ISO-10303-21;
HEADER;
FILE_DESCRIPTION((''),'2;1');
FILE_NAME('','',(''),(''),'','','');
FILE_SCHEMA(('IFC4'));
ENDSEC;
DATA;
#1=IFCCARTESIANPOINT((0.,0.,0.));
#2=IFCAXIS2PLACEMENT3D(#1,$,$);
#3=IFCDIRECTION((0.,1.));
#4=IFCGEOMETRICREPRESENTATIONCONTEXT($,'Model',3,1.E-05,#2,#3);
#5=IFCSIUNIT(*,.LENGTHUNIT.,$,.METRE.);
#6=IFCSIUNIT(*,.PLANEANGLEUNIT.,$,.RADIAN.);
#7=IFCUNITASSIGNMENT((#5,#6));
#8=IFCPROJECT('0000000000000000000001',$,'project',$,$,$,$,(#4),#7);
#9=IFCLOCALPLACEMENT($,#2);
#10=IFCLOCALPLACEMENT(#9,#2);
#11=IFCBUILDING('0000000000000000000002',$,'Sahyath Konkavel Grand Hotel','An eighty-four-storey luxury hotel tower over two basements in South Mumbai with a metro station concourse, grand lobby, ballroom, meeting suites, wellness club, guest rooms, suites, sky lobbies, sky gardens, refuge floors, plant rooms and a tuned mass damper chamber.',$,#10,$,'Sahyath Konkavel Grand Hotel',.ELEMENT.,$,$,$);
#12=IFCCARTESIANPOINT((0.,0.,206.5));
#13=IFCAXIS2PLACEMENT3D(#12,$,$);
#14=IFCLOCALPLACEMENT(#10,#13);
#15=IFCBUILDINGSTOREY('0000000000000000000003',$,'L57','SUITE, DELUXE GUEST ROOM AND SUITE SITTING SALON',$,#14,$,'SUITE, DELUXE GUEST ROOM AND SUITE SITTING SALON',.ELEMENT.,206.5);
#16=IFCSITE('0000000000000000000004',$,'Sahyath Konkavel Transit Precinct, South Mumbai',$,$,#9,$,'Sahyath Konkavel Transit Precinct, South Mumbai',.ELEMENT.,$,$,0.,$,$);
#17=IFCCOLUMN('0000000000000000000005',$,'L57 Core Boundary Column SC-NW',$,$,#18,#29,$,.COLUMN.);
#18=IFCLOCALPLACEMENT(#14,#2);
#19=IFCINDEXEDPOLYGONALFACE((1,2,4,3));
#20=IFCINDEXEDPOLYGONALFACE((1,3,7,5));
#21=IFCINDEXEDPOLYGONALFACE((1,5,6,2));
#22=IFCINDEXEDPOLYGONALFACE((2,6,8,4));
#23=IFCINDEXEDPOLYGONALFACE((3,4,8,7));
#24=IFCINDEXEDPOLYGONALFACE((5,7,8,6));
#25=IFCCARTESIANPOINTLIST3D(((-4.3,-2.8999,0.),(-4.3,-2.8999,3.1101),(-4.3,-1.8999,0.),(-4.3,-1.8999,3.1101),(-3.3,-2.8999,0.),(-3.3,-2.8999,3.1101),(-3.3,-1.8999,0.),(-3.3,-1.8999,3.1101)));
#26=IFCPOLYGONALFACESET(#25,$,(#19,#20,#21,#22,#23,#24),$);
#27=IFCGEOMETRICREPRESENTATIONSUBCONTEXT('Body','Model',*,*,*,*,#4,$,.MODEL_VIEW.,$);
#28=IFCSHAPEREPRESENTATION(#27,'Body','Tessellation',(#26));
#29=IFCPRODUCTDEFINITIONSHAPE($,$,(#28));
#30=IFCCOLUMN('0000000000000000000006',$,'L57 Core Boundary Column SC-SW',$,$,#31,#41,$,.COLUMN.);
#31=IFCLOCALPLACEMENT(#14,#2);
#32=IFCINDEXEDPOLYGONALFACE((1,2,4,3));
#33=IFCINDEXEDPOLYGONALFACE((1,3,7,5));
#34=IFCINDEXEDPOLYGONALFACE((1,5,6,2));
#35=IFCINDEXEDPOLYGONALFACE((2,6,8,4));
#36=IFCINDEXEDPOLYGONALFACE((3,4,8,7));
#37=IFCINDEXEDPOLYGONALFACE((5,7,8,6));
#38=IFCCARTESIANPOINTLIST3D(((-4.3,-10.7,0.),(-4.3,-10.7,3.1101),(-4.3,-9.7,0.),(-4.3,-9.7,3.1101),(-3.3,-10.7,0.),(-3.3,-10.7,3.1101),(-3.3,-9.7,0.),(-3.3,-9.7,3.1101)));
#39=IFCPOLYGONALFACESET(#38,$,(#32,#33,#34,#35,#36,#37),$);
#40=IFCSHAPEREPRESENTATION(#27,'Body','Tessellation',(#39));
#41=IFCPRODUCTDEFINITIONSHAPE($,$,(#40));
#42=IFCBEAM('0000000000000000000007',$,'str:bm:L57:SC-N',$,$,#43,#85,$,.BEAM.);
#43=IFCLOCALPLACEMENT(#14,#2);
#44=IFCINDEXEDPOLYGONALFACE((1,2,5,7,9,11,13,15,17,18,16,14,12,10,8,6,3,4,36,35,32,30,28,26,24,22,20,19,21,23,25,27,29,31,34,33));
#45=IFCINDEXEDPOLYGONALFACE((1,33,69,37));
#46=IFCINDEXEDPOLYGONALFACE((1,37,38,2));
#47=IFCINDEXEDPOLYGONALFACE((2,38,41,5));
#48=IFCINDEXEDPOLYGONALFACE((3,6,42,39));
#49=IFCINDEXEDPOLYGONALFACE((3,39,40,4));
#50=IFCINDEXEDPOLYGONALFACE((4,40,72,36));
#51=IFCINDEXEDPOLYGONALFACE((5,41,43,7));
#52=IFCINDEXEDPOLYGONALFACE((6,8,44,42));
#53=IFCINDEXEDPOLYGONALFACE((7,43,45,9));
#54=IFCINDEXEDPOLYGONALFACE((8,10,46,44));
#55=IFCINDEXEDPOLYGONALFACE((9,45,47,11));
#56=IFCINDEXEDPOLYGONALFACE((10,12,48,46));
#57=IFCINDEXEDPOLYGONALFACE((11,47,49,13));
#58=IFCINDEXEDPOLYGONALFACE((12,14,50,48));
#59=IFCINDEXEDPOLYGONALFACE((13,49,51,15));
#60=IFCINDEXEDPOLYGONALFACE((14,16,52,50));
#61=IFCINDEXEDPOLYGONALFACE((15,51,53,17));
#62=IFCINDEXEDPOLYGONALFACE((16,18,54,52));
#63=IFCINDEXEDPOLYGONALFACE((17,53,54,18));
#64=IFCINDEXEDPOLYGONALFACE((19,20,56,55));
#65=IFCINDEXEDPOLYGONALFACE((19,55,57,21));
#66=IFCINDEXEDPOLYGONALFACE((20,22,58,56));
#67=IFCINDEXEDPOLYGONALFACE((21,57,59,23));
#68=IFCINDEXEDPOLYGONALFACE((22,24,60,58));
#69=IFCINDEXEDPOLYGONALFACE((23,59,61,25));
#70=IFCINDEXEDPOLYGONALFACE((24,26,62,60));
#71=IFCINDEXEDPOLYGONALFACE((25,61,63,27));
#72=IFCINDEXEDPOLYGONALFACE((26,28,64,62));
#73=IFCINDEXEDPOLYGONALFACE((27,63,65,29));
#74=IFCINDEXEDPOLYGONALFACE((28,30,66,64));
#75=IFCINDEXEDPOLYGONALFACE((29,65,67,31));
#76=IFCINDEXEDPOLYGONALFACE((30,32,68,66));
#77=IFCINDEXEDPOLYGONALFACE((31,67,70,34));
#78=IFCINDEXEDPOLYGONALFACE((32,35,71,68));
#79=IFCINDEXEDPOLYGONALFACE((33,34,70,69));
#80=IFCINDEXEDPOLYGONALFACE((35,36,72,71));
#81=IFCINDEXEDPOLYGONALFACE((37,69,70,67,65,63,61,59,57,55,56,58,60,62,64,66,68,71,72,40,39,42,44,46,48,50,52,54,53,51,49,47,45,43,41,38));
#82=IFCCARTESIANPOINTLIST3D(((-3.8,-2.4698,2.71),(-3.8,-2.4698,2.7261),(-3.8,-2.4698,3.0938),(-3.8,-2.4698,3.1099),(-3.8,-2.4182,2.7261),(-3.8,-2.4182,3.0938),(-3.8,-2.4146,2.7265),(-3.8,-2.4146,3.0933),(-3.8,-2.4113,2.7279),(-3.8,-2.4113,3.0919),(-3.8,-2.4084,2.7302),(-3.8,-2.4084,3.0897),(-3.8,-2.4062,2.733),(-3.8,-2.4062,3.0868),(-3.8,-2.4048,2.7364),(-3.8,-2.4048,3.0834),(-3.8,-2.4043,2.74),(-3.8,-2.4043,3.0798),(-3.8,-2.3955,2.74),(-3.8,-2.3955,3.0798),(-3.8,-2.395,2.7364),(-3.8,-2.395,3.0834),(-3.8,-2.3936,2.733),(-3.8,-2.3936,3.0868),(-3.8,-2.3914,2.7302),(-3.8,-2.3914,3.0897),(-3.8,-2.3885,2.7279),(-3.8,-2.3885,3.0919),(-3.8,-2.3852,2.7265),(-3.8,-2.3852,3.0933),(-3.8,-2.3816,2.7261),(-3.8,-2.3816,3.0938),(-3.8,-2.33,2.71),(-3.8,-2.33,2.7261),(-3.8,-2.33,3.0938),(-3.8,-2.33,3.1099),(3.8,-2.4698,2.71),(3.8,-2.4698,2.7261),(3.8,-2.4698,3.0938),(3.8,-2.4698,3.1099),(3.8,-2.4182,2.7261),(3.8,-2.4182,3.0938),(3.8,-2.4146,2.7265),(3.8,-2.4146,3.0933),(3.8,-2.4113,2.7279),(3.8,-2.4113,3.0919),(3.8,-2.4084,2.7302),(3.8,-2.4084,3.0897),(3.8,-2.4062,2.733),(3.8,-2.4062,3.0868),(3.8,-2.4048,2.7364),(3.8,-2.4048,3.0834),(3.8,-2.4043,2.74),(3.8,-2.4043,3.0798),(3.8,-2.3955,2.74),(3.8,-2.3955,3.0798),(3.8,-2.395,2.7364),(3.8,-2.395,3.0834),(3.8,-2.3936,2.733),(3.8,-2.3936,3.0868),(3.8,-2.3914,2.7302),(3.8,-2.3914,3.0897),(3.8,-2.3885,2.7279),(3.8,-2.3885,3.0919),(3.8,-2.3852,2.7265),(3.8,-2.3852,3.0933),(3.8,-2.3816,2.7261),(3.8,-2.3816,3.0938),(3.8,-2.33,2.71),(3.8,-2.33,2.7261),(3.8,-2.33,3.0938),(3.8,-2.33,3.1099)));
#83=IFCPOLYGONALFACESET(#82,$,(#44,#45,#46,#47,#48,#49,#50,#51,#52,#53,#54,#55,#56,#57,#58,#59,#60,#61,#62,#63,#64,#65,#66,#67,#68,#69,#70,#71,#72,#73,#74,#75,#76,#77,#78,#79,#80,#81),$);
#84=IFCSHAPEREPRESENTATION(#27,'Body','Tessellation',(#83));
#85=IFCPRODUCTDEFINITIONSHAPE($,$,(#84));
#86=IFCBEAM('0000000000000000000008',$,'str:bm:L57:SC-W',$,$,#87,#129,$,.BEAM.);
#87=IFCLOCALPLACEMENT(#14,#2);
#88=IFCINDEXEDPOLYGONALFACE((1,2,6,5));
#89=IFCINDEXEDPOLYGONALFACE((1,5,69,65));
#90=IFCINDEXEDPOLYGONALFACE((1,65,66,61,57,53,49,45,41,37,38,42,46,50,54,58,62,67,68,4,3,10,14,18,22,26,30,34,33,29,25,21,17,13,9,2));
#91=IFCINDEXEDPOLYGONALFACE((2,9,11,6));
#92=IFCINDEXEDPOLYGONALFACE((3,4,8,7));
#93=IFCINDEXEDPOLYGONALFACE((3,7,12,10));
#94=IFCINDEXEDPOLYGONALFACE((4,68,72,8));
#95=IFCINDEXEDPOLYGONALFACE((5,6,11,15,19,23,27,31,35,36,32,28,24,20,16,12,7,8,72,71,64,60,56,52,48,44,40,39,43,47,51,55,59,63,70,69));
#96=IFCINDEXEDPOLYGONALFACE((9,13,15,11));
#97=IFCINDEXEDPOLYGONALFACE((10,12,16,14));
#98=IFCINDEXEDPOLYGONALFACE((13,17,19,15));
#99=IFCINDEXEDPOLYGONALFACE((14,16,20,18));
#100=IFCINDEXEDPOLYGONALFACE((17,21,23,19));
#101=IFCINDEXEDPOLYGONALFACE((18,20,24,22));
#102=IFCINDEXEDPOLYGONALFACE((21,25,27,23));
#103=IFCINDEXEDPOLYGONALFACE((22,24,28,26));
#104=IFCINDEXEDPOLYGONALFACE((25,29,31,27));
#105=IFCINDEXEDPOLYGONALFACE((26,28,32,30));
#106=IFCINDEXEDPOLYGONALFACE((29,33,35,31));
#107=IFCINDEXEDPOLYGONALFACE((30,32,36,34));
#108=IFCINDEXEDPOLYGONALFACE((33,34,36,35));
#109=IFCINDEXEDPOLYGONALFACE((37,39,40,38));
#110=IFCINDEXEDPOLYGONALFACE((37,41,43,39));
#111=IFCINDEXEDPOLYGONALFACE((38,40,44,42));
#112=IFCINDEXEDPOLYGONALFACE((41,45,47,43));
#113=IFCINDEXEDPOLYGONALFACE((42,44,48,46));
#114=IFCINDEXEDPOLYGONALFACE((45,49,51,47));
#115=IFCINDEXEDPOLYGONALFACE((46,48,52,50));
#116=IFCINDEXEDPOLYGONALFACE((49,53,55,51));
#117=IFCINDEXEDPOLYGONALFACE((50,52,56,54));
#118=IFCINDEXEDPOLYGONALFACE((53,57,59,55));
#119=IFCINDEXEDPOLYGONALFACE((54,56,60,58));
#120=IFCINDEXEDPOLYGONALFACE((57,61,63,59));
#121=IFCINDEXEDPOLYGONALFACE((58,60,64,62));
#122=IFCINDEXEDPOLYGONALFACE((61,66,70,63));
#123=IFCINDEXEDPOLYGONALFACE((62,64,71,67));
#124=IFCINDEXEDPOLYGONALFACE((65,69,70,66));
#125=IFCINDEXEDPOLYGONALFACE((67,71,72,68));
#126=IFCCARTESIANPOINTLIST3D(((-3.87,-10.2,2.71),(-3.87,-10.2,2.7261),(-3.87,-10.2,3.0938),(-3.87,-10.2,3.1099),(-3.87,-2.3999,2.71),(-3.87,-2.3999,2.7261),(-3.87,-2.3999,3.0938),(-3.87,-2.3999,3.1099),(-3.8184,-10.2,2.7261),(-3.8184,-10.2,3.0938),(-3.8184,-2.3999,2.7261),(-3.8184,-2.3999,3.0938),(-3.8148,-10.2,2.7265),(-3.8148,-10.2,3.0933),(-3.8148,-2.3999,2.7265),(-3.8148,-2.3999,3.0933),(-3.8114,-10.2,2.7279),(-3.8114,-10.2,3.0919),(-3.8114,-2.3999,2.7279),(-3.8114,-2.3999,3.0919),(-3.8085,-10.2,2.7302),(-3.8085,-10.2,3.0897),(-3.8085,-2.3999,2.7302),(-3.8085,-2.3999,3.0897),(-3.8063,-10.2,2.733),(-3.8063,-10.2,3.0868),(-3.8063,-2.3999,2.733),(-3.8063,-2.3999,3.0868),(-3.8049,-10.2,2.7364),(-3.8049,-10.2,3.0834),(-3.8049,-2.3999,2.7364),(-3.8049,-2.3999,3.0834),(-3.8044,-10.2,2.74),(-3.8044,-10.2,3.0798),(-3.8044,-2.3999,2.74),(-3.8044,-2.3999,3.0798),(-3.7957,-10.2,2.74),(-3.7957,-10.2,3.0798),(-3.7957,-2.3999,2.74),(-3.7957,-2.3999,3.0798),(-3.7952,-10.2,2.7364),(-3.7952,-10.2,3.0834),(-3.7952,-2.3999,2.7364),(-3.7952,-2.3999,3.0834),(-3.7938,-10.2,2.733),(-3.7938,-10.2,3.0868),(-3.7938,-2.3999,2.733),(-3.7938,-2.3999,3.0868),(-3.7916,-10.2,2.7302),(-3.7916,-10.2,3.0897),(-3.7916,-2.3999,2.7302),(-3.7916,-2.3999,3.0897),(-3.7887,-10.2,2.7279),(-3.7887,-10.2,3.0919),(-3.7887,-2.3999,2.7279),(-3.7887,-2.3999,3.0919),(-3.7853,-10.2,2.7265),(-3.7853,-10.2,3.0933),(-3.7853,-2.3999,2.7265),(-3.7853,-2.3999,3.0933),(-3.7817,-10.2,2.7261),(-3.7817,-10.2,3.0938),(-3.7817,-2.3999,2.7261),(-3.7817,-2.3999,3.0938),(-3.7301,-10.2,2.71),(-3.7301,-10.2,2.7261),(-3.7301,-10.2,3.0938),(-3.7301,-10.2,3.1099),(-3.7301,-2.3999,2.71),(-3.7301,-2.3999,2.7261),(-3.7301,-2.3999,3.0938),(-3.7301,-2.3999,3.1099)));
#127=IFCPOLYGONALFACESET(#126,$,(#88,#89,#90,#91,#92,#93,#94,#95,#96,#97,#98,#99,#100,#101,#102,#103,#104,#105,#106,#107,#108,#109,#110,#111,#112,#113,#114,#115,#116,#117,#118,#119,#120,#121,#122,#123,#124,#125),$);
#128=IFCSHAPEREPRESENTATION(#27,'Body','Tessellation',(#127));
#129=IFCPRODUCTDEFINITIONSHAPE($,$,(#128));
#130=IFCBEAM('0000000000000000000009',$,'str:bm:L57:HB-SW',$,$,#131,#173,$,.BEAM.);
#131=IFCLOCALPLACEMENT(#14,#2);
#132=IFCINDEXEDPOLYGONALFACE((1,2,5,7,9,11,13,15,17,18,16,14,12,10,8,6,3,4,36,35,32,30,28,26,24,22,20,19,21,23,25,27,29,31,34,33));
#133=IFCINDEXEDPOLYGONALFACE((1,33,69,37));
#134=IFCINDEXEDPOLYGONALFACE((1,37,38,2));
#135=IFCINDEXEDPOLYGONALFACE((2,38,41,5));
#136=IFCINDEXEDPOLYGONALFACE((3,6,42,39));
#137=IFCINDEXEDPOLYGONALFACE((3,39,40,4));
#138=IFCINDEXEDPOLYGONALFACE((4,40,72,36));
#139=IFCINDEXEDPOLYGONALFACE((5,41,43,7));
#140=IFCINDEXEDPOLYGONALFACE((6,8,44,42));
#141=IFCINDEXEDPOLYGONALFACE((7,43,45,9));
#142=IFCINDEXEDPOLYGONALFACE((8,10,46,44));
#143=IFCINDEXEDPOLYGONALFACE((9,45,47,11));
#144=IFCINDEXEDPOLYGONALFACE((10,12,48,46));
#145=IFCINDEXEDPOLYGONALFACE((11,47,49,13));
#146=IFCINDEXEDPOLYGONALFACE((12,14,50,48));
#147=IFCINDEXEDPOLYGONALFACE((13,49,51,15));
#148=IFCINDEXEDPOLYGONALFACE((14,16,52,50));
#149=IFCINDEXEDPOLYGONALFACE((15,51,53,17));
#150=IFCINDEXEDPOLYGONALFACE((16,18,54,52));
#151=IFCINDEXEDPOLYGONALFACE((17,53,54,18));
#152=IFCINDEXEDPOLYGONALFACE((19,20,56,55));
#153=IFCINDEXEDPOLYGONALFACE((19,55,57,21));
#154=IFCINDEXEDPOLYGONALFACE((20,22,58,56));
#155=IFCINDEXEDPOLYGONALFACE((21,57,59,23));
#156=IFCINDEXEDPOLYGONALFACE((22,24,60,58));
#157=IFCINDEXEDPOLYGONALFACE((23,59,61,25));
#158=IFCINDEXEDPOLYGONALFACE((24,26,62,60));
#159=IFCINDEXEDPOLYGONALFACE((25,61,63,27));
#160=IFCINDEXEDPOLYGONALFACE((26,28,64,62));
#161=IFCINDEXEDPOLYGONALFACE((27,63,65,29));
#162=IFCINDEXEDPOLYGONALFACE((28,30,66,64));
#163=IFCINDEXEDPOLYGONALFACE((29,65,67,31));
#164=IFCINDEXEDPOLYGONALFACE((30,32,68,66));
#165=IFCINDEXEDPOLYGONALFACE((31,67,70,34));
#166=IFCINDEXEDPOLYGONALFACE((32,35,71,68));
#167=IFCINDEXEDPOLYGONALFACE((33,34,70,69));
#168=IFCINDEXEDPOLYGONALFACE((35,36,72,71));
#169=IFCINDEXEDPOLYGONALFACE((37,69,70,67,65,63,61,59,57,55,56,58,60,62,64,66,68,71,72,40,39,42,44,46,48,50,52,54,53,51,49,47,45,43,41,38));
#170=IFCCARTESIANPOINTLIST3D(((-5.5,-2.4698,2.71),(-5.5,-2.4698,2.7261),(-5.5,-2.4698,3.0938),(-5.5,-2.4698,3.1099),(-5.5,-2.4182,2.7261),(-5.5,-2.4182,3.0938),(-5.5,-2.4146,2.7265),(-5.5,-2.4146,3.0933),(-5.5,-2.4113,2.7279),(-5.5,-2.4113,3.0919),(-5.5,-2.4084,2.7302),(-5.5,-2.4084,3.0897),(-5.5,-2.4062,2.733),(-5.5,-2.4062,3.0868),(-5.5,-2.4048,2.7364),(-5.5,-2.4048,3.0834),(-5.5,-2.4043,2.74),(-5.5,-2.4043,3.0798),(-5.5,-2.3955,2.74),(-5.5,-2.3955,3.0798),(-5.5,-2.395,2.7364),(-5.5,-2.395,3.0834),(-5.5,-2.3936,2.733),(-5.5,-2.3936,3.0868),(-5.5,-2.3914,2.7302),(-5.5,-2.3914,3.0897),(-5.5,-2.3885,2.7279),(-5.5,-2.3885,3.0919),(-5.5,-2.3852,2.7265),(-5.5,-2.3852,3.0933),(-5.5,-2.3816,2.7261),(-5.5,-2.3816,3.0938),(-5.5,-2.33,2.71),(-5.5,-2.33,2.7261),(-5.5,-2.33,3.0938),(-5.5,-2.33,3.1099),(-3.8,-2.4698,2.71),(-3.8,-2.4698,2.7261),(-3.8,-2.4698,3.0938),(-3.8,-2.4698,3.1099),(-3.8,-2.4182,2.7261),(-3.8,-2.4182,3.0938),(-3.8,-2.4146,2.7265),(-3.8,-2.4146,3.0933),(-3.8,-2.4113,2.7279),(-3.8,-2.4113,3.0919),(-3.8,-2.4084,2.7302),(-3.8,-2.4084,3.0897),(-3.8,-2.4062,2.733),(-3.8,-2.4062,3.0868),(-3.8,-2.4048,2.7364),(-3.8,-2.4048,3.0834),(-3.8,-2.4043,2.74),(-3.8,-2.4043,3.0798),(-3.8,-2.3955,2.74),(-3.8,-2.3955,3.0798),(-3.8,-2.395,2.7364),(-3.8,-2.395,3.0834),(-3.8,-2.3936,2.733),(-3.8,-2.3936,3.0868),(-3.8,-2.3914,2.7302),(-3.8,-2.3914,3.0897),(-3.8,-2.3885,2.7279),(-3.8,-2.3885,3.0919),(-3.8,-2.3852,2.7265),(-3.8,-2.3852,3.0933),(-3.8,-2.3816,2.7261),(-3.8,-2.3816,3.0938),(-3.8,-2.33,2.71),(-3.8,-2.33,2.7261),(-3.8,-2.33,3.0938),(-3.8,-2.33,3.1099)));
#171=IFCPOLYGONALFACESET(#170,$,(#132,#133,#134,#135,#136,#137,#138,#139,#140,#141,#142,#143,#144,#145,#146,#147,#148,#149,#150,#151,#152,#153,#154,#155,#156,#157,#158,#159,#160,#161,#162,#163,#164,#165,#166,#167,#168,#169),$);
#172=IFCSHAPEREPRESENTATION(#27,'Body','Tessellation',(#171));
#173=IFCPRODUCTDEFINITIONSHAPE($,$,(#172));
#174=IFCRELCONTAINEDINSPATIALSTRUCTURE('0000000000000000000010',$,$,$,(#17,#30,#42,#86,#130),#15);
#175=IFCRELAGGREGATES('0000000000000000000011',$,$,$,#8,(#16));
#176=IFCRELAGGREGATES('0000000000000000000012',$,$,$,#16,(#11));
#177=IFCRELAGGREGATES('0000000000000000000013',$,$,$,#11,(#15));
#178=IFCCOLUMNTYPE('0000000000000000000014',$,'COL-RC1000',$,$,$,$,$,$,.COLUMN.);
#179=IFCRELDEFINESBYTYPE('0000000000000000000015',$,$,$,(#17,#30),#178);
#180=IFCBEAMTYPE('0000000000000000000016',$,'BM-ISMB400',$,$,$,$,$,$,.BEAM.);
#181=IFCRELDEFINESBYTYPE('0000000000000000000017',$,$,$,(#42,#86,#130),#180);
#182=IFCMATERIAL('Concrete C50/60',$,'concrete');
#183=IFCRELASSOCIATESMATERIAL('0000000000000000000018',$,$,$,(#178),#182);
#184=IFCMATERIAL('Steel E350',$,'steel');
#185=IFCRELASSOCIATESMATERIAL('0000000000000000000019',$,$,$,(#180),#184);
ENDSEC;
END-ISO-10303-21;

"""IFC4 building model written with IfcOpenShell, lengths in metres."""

from ifc_helpers import new_model, si_unit, direction, frame, origin, origin_2d, place, context, subcontext, project, spatial, rectangle, i_section, extrude, source, transform, mapped, material, material_profile, profile_set, type_object, element, save


model = new_model("IFC4")

# Units and contexts
model_context = context("Model", 3, precision=1e-05, world=origin(), true_north=direction((0.0, 1.0)))
body_context = subcontext(model_context, "Body", "Model", "MODEL_VIEW")
ifc_project = project(units=[si_unit("LENGTHUNIT", "METRE"), si_unit("PLANEANGLEUNIT", "RADIAN")], contexts=[model_context])

# Site, building, storey
site_placement = place(None, origin())
site = spatial("IfcSite", under=ifc_project, at=site_placement, Name="Sahyath Konkavel Transit Precinct, South Mumbai", LongName="Sahyath Konkavel Transit Precinct, South Mumbai", CompositionType="ELEMENT", RefElevation=0.0)
building_placement = place(site_placement, origin())
building = spatial("IfcBuilding", under=site, at=building_placement, Name="Sahyath Konkavel Grand Hotel", Description="An eighty-four-storey luxury hotel tower over two basements in South Mumbai with a metro station concourse, grand lobby, ballroom, meeting suites, wellness club, guest rooms, suites, sky lobbies, sky gardens, refuge floors, plant rooms and a tuned mass damper chamber.", LongName="Sahyath Konkavel Grand Hotel", CompositionType="ELEMENT")
storey_placement = place(building_placement, frame((0.0, 0.0, 206.5)))
storey = spatial("IfcBuildingStorey", under=building, at=storey_placement, Name="L57", Description="SUITE, DELUXE GUEST ROOM AND SUITE SITTING SALON", LongName="SUITE, DELUXE GUEST ROOM AND SUITE SITTING SALON", CompositionType="ELEMENT", Elevation=206.5)

# Columns
ifc_material_1 = material(Name="Concrete C50/60", Category="concrete")
ifc_material_profile_1 = material_profile(ifc_material_1, rectangle(XDim=1.0, YDim=1.0, at=origin_2d()), Name="RC 1000x1000")
ifc_profile_set_1 = profile_set([ifc_material_profile_1], Name="Concrete C50/60")
column_type = type_object("IfcColumnType", Name="COL-RC1000", PredefinedType="COLUMN", material=ifc_profile_set_1)
shared_shape_1 = source(origin(), body_context, "Body", "SweptSolid", [
    extrude(rectangle(XDim=1.0, YDim=1.0, at=origin_2d()), origin(), (0.0, 0.0, 1.0), 3.1101),
])
for number, where, z_axis, x_axis, name in (
    (1, (-3.8, -2.3999, 0.0), (0.0, 0.0, 1.0), (1.0, 0.0, 0.0), "L57 Core Boundary Column SC-NW"),
    (2, (-3.8, -10.2, 0.0), (0.0, 0.0, 1.0), (1.0, 0.0, 0.0), "L57 Core Boundary Column SC-SW"),
):
    element("IfcColumn", number, at=place(storey_placement, frame(where, z_axis=z_axis, x_axis=x_axis)), inside=storey, type_object=column_type, Name=name, PredefinedType="COLUMN", context=body_context, shape_type="MappedRepresentation", body=[
        mapped(shared_shape_1, transform((0.0, 0.0, 0.0), scale=1.0)),
    ])

# Beams
ifc_material_2 = material(Name="Steel E350", Category="steel")
ifc_material_profile_2 = material_profile(ifc_material_2, i_section(OverallWidth=0.1399, OverallDepth=0.3999, WebThickness=0.0088, FlangeThickness=0.0161, FilletRadius=0.0139, at=origin_2d()), Name="ISMB 400")
ifc_profile_set_2 = profile_set([ifc_material_profile_2], Name="Steel E350")
beam_type_1 = type_object("IfcBeamType", Name="BM-ISMB400", PredefinedType="BEAM", material=ifc_profile_set_2)
shared_shape_2 = source(origin(), body_context, "Body", "SweptSolid", [
    extrude(i_section(OverallWidth=0.1399, OverallDepth=0.3999, WebThickness=0.0088, FlangeThickness=0.0161, FilletRadius=0.0139, at=origin_2d()), origin(), (0.0, 0.0, 1.0), 7.6001),
])
beam_1_placement = place(storey_placement, frame((-3.8, -2.3999, 2.9099), z_axis=(1.0, 0.0, 0.0), x_axis=(0.0, 1.0, 0.0)))
element("IfcBeam", 3, at=beam_1_placement, inside=storey, type_object=beam_type_1, Name="str:bm:L57:SC-N", PredefinedType="BEAM", context=body_context, shape_type="MappedRepresentation", body=[
    mapped(shared_shape_2, transform((0.0, 0.0, 0.0), scale=1.0)),
])
shared_shape_3 = source(origin(), body_context, "Body", "SweptSolid", [
    extrude(i_section(OverallWidth=0.1399, OverallDepth=0.3999, WebThickness=0.0088, FlangeThickness=0.0161, FilletRadius=0.0139, at=origin_2d()), origin(), (0.0, 0.0, 1.0), 7.8),
])
beam_2_placement = place(storey_placement, frame((-3.8, -10.2, 2.9099), z_axis=(0.0, 1.0, 0.0), x_axis=(-1.0, 0.0, 0.0)))
element("IfcBeam", 4, at=beam_2_placement, inside=storey, type_object=beam_type_1, Name="str:bm:L57:SC-W", PredefinedType="BEAM", context=body_context, shape_type="MappedRepresentation", body=[
    mapped(shared_shape_3, transform((0.0, 0.0, 0.0), scale=1.0)),
])
shared_shape_4 = source(origin(), body_context, "Body", "SweptSolid", [
    extrude(i_section(OverallWidth=0.1399, OverallDepth=0.3999, WebThickness=0.0088, FlangeThickness=0.0161, FilletRadius=0.0139, at=origin_2d()), origin(), (0.0, 0.0, 1.0), 1.7),
])
beam_3_placement = place(storey_placement, frame((-5.5, -2.3999, 2.9099), z_axis=(1.0, 0.0, 0.0), x_axis=(0.0, 1.0, 0.0)))
element("IfcBeam", 5, at=beam_3_placement, inside=storey, type_object=beam_type_1, Name="str:bm:L57:HB-SW", PredefinedType="BEAM", context=body_context, shape_type="MappedRepresentation", body=[
    mapped(shared_shape_4, transform((0.0, 0.0, 0.0), scale=1.0)),
])

save(model, "model.ifc")
